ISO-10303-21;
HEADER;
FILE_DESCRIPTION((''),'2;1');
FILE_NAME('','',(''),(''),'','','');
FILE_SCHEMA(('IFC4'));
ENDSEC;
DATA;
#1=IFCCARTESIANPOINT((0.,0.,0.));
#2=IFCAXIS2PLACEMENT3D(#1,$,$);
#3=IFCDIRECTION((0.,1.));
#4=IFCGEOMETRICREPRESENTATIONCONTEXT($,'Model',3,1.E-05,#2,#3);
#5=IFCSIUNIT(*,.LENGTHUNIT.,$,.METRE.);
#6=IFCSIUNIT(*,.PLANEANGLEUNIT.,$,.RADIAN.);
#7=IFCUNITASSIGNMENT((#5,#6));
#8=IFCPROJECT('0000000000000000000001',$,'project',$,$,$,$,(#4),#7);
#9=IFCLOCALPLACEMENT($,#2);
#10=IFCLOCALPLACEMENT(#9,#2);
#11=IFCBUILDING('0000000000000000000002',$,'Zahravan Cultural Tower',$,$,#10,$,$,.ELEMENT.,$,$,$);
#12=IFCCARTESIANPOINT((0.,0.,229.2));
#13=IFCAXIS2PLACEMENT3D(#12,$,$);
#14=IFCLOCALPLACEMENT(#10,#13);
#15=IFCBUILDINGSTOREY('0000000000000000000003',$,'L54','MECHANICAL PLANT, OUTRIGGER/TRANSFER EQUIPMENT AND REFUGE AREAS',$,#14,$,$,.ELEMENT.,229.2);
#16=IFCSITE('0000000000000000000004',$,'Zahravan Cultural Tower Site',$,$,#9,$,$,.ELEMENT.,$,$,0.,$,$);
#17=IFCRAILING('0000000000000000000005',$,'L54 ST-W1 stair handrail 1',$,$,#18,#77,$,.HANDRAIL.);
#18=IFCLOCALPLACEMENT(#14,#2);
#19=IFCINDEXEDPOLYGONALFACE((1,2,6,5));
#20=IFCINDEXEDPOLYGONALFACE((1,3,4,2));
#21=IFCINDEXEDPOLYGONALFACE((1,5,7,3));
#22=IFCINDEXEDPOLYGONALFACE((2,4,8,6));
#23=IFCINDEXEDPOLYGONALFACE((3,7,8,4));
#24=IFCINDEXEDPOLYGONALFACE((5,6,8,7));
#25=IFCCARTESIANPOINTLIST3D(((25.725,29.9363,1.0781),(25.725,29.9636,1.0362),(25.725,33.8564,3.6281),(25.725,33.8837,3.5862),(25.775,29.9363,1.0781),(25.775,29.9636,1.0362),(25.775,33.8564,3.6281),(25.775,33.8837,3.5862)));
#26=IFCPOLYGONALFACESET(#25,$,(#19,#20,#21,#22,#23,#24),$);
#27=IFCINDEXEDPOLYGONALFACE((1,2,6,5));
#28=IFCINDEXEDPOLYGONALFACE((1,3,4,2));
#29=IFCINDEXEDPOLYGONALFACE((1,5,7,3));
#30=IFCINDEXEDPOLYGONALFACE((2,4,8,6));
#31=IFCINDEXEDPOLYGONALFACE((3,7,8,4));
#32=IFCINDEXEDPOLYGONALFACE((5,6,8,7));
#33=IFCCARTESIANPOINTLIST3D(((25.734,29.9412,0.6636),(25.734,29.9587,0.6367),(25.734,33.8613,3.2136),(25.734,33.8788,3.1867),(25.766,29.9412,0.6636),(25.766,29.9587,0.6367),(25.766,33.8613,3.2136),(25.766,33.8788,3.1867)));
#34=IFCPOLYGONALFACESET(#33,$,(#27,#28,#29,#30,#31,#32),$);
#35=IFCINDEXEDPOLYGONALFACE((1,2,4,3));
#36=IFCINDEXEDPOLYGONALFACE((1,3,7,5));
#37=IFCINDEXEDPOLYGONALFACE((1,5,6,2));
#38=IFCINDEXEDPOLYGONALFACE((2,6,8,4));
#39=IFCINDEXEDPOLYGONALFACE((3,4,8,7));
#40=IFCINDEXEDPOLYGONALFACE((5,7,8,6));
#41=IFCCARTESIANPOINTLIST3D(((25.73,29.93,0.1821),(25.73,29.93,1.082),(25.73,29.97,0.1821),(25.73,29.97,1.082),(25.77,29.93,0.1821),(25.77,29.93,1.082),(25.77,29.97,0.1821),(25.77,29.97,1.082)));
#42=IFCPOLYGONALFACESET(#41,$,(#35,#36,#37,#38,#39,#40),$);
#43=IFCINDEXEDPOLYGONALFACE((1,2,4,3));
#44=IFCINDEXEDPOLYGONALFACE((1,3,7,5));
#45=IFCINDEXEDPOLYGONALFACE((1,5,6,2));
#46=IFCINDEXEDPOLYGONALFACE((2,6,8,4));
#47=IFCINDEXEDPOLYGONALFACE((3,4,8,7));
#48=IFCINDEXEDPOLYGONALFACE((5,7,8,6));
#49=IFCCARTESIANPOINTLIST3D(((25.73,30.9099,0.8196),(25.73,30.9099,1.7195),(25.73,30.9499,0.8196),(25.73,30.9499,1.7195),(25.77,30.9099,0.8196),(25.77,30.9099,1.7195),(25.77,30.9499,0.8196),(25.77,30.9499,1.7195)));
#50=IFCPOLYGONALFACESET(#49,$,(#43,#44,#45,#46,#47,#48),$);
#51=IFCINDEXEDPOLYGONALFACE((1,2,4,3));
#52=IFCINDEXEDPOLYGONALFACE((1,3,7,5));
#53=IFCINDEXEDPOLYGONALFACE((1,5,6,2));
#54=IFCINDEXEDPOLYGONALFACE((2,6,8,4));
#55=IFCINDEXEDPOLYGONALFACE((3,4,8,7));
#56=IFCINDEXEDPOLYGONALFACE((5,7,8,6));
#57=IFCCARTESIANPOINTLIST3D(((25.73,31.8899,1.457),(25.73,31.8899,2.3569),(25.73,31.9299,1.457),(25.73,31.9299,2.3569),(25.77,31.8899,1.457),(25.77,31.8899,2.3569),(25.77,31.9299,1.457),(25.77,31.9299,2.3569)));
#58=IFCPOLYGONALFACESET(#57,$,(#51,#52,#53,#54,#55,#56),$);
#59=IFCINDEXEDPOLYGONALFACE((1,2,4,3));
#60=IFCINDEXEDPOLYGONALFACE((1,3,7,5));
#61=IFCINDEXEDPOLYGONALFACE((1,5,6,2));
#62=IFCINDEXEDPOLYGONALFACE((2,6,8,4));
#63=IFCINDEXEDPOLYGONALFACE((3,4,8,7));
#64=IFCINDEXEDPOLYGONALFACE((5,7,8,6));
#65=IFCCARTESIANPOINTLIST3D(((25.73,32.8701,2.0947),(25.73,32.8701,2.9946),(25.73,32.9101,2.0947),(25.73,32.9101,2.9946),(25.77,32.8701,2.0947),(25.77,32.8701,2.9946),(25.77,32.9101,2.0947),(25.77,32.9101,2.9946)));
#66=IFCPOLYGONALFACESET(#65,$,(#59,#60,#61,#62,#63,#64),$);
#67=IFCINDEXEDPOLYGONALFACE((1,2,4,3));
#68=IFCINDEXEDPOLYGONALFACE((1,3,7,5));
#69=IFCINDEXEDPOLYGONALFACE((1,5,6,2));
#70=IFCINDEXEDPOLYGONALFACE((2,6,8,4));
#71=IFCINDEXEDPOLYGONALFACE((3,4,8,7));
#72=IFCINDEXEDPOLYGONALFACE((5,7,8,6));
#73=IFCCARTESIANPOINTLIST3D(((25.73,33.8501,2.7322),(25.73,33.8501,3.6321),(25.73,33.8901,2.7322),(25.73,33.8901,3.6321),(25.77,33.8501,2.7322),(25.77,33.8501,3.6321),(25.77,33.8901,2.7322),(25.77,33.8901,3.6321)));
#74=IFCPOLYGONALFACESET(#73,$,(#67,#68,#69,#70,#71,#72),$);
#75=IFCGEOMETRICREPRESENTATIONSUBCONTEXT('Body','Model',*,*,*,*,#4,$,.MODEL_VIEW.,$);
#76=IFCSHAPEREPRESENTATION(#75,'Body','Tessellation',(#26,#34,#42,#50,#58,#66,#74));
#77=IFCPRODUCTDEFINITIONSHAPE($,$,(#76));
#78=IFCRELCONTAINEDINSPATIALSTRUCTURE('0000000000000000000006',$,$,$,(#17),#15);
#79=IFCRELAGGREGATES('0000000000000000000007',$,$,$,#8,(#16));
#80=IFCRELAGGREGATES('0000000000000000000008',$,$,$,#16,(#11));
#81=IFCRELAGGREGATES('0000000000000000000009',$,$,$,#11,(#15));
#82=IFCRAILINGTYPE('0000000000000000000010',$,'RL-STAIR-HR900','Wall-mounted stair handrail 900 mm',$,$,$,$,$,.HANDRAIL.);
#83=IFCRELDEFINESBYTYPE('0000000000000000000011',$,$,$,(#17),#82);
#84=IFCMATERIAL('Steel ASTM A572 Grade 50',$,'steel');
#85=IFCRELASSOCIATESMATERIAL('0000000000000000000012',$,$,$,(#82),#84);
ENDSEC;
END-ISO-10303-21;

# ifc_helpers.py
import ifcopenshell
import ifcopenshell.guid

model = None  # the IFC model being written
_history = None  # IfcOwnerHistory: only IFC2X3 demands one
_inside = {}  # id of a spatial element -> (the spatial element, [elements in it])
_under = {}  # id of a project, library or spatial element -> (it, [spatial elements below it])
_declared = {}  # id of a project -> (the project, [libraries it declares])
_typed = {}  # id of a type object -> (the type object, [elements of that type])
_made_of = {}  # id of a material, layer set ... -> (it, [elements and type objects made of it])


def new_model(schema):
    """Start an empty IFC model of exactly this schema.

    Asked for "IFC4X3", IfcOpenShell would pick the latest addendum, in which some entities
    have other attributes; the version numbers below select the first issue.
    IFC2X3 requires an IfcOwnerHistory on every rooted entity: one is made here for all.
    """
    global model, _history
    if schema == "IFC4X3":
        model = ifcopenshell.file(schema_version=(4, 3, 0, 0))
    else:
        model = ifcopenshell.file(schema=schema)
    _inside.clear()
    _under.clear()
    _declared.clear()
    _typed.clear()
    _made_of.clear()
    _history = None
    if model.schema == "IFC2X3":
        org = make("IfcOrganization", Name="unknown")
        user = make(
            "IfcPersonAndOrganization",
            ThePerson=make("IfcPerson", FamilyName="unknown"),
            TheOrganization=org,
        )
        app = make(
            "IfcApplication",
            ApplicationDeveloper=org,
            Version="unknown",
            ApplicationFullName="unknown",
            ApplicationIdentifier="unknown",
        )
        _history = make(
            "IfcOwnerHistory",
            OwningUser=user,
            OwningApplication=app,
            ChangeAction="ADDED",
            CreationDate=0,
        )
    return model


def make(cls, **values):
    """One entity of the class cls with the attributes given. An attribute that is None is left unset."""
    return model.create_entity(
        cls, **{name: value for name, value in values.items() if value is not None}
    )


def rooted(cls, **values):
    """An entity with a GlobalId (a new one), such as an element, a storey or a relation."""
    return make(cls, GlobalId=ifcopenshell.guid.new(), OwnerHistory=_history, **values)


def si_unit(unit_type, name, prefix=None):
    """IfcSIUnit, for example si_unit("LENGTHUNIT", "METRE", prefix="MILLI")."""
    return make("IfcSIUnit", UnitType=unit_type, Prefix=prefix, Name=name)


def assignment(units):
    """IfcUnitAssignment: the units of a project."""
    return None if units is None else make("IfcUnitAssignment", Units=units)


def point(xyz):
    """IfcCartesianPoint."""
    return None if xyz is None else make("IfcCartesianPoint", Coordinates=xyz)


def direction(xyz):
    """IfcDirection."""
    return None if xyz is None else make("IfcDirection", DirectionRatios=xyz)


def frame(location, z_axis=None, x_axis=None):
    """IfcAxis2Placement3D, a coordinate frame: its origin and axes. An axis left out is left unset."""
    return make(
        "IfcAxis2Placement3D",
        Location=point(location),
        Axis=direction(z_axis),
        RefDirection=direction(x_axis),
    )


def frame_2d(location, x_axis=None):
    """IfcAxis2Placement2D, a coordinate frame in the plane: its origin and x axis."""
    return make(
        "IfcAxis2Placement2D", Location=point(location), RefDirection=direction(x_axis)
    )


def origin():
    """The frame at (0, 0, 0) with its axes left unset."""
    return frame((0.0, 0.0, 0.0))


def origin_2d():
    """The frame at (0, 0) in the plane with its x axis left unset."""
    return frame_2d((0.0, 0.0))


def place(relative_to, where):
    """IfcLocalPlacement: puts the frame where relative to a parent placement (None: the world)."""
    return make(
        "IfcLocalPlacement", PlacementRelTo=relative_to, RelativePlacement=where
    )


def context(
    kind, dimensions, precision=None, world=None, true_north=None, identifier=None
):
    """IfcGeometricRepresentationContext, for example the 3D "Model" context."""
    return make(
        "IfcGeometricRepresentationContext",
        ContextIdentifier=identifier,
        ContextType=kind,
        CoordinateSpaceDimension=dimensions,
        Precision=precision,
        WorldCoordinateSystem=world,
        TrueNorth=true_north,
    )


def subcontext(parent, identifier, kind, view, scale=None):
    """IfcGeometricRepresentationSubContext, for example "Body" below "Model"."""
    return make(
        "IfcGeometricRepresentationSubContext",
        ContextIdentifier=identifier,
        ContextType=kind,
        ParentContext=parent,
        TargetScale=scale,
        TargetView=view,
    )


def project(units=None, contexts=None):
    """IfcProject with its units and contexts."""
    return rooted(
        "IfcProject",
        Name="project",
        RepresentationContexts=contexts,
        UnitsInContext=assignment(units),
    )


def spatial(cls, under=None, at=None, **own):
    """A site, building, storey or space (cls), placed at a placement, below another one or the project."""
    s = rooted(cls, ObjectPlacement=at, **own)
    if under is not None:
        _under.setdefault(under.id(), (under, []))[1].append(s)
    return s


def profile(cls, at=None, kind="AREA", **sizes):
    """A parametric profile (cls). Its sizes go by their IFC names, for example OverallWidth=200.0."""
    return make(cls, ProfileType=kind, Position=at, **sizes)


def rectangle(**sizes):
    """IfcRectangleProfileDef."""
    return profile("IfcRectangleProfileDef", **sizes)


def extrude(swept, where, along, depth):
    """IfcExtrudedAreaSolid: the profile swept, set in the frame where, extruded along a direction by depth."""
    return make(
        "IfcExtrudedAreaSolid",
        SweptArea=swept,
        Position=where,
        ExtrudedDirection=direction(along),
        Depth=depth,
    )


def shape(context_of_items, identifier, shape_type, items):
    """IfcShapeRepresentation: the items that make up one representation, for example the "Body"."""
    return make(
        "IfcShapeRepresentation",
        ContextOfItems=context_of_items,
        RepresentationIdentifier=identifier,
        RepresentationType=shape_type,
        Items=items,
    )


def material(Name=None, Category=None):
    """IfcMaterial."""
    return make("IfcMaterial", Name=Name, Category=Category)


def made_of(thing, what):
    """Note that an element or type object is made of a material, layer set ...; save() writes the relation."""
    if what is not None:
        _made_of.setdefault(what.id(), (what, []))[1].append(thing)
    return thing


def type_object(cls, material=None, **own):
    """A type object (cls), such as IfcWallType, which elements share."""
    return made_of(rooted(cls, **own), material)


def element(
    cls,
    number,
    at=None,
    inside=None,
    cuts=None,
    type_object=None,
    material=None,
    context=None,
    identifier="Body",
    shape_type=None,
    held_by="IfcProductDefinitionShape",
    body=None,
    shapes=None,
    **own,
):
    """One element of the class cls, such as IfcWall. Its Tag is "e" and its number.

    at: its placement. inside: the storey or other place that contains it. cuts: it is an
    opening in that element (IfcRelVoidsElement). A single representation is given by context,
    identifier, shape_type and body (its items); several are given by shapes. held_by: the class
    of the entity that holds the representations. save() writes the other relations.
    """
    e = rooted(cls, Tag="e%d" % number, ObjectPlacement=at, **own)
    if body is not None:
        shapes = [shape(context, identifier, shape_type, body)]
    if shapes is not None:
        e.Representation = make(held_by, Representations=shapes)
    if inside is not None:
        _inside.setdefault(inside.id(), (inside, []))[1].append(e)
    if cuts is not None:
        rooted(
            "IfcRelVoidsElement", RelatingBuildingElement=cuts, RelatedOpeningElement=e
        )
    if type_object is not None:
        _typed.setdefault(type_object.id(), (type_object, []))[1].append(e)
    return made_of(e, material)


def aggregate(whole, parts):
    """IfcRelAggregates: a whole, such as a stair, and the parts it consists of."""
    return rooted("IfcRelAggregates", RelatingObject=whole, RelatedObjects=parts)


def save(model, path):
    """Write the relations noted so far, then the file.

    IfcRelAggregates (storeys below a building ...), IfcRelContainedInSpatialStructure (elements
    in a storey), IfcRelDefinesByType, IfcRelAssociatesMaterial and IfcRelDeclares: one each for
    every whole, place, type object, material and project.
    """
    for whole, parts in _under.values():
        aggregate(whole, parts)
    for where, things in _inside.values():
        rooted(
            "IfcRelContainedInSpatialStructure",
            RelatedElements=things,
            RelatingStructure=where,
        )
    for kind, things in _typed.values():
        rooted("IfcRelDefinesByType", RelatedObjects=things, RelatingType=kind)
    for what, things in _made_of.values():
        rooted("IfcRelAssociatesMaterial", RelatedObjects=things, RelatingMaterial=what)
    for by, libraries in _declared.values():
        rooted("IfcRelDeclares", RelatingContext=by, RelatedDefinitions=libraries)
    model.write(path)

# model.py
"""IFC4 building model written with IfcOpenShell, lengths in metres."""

from ifc_helpers import new_model, si_unit, direction, frame, origin, origin_2d, place, context, subcontext, project, spatial, rectangle, extrude, material, type_object, element, save


model = new_model("IFC4")

# Units and contexts
model_context = context("Model", 3, precision=1e-05, world=origin(), true_north=direction((0.0, 1.0)))
body_context = subcontext(model_context, "Body", "Model", "MODEL_VIEW")
ifc_project = project(units=[si_unit("LENGTHUNIT", "METRE"), si_unit("PLANEANGLEUNIT", "RADIAN")], contexts=[model_context])

# Site, building, storey
site_placement = place(None, origin())
site = spatial("IfcSite", under=ifc_project, at=site_placement, Name="Zahravan Cultural Tower Site", CompositionType="ELEMENT", RefElevation=0.0)
building_placement = place(site_placement, origin())
building = spatial("IfcBuilding", under=site, at=building_placement, Name="Zahravan Cultural Tower", CompositionType="ELEMENT")
storey_placement = place(building_placement, frame((0.0, 0.0, 229.2)))
storey = spatial("IfcBuildingStorey", under=building, at=storey_placement, Name="L54", Description="MECHANICAL PLANT, OUTRIGGER/TRANSFER EQUIPMENT AND REFUGE AREAS", CompositionType="ELEMENT", Elevation=229.2)

# Shared definitions
ifc_material_1 = material(Name="Steel ASTM A572 Grade 50", Category="steel")

# Railing
railing_type_1 = type_object("IfcRailingType", Name="RL-STAIR-HR900", Description="Wall-mounted stair handrail 900 mm", PredefinedType="HANDRAIL", material=ifc_material_1)
railing_1_placement = place(storey_placement, frame((25.75, 29.95, 0.1821)))
element("IfcRailing", 1, at=railing_1_placement, inside=storey, type_object=railing_type_1, Name="L54 ST-W1 stair handrail 1", PredefinedType="HANDRAIL", context=body_context, shape_type="SweptSolid", body=[
    extrude(rectangle(XDim=0.05, YDim=0.05, at=origin_2d()), frame((0.0, 0.0, 0.875), z_axis=(0.0, 0.838254, 0.54528), x_axis=(-1.0, 0.0, 0.0)), (0.0, 0.0, 1.0), 4.6765),
    extrude(rectangle(XDim=0.032, YDim=0.032, at=origin_2d()), frame((0.0, 0.0, 0.468), z_axis=(0.0, 0.838254, 0.54528), x_axis=(-1.0, 0.0, 0.0)), (0.0, 0.0, 1.0), 4.6765),
    extrude(rectangle(XDim=0.04, YDim=0.04, at=origin_2d()), origin(), (0.0, 0.0, 1.0), 0.8999),
    extrude(rectangle(XDim=0.04, YDim=0.04, at=origin_2d()), frame((0.0, 0.98, 0.6375)), (0.0, 0.0, 1.0), 0.8999),
    extrude(rectangle(XDim=0.04, YDim=0.04, at=origin_2d()), frame((0.0, 1.96, 1.2749)), (0.0, 0.0, 1.0), 0.8999),
    extrude(rectangle(XDim=0.04, YDim=0.04, at=origin_2d()), frame((0.0, 2.9402, 1.9126)), (0.0, 0.0, 1.0), 0.8999),
    extrude(rectangle(XDim=0.04, YDim=0.04, at=origin_2d()), frame((0.0, 3.9202, 2.55)), (0.0, 0.0, 1.0), 0.8999),
])

save(model, "model.ifc")
